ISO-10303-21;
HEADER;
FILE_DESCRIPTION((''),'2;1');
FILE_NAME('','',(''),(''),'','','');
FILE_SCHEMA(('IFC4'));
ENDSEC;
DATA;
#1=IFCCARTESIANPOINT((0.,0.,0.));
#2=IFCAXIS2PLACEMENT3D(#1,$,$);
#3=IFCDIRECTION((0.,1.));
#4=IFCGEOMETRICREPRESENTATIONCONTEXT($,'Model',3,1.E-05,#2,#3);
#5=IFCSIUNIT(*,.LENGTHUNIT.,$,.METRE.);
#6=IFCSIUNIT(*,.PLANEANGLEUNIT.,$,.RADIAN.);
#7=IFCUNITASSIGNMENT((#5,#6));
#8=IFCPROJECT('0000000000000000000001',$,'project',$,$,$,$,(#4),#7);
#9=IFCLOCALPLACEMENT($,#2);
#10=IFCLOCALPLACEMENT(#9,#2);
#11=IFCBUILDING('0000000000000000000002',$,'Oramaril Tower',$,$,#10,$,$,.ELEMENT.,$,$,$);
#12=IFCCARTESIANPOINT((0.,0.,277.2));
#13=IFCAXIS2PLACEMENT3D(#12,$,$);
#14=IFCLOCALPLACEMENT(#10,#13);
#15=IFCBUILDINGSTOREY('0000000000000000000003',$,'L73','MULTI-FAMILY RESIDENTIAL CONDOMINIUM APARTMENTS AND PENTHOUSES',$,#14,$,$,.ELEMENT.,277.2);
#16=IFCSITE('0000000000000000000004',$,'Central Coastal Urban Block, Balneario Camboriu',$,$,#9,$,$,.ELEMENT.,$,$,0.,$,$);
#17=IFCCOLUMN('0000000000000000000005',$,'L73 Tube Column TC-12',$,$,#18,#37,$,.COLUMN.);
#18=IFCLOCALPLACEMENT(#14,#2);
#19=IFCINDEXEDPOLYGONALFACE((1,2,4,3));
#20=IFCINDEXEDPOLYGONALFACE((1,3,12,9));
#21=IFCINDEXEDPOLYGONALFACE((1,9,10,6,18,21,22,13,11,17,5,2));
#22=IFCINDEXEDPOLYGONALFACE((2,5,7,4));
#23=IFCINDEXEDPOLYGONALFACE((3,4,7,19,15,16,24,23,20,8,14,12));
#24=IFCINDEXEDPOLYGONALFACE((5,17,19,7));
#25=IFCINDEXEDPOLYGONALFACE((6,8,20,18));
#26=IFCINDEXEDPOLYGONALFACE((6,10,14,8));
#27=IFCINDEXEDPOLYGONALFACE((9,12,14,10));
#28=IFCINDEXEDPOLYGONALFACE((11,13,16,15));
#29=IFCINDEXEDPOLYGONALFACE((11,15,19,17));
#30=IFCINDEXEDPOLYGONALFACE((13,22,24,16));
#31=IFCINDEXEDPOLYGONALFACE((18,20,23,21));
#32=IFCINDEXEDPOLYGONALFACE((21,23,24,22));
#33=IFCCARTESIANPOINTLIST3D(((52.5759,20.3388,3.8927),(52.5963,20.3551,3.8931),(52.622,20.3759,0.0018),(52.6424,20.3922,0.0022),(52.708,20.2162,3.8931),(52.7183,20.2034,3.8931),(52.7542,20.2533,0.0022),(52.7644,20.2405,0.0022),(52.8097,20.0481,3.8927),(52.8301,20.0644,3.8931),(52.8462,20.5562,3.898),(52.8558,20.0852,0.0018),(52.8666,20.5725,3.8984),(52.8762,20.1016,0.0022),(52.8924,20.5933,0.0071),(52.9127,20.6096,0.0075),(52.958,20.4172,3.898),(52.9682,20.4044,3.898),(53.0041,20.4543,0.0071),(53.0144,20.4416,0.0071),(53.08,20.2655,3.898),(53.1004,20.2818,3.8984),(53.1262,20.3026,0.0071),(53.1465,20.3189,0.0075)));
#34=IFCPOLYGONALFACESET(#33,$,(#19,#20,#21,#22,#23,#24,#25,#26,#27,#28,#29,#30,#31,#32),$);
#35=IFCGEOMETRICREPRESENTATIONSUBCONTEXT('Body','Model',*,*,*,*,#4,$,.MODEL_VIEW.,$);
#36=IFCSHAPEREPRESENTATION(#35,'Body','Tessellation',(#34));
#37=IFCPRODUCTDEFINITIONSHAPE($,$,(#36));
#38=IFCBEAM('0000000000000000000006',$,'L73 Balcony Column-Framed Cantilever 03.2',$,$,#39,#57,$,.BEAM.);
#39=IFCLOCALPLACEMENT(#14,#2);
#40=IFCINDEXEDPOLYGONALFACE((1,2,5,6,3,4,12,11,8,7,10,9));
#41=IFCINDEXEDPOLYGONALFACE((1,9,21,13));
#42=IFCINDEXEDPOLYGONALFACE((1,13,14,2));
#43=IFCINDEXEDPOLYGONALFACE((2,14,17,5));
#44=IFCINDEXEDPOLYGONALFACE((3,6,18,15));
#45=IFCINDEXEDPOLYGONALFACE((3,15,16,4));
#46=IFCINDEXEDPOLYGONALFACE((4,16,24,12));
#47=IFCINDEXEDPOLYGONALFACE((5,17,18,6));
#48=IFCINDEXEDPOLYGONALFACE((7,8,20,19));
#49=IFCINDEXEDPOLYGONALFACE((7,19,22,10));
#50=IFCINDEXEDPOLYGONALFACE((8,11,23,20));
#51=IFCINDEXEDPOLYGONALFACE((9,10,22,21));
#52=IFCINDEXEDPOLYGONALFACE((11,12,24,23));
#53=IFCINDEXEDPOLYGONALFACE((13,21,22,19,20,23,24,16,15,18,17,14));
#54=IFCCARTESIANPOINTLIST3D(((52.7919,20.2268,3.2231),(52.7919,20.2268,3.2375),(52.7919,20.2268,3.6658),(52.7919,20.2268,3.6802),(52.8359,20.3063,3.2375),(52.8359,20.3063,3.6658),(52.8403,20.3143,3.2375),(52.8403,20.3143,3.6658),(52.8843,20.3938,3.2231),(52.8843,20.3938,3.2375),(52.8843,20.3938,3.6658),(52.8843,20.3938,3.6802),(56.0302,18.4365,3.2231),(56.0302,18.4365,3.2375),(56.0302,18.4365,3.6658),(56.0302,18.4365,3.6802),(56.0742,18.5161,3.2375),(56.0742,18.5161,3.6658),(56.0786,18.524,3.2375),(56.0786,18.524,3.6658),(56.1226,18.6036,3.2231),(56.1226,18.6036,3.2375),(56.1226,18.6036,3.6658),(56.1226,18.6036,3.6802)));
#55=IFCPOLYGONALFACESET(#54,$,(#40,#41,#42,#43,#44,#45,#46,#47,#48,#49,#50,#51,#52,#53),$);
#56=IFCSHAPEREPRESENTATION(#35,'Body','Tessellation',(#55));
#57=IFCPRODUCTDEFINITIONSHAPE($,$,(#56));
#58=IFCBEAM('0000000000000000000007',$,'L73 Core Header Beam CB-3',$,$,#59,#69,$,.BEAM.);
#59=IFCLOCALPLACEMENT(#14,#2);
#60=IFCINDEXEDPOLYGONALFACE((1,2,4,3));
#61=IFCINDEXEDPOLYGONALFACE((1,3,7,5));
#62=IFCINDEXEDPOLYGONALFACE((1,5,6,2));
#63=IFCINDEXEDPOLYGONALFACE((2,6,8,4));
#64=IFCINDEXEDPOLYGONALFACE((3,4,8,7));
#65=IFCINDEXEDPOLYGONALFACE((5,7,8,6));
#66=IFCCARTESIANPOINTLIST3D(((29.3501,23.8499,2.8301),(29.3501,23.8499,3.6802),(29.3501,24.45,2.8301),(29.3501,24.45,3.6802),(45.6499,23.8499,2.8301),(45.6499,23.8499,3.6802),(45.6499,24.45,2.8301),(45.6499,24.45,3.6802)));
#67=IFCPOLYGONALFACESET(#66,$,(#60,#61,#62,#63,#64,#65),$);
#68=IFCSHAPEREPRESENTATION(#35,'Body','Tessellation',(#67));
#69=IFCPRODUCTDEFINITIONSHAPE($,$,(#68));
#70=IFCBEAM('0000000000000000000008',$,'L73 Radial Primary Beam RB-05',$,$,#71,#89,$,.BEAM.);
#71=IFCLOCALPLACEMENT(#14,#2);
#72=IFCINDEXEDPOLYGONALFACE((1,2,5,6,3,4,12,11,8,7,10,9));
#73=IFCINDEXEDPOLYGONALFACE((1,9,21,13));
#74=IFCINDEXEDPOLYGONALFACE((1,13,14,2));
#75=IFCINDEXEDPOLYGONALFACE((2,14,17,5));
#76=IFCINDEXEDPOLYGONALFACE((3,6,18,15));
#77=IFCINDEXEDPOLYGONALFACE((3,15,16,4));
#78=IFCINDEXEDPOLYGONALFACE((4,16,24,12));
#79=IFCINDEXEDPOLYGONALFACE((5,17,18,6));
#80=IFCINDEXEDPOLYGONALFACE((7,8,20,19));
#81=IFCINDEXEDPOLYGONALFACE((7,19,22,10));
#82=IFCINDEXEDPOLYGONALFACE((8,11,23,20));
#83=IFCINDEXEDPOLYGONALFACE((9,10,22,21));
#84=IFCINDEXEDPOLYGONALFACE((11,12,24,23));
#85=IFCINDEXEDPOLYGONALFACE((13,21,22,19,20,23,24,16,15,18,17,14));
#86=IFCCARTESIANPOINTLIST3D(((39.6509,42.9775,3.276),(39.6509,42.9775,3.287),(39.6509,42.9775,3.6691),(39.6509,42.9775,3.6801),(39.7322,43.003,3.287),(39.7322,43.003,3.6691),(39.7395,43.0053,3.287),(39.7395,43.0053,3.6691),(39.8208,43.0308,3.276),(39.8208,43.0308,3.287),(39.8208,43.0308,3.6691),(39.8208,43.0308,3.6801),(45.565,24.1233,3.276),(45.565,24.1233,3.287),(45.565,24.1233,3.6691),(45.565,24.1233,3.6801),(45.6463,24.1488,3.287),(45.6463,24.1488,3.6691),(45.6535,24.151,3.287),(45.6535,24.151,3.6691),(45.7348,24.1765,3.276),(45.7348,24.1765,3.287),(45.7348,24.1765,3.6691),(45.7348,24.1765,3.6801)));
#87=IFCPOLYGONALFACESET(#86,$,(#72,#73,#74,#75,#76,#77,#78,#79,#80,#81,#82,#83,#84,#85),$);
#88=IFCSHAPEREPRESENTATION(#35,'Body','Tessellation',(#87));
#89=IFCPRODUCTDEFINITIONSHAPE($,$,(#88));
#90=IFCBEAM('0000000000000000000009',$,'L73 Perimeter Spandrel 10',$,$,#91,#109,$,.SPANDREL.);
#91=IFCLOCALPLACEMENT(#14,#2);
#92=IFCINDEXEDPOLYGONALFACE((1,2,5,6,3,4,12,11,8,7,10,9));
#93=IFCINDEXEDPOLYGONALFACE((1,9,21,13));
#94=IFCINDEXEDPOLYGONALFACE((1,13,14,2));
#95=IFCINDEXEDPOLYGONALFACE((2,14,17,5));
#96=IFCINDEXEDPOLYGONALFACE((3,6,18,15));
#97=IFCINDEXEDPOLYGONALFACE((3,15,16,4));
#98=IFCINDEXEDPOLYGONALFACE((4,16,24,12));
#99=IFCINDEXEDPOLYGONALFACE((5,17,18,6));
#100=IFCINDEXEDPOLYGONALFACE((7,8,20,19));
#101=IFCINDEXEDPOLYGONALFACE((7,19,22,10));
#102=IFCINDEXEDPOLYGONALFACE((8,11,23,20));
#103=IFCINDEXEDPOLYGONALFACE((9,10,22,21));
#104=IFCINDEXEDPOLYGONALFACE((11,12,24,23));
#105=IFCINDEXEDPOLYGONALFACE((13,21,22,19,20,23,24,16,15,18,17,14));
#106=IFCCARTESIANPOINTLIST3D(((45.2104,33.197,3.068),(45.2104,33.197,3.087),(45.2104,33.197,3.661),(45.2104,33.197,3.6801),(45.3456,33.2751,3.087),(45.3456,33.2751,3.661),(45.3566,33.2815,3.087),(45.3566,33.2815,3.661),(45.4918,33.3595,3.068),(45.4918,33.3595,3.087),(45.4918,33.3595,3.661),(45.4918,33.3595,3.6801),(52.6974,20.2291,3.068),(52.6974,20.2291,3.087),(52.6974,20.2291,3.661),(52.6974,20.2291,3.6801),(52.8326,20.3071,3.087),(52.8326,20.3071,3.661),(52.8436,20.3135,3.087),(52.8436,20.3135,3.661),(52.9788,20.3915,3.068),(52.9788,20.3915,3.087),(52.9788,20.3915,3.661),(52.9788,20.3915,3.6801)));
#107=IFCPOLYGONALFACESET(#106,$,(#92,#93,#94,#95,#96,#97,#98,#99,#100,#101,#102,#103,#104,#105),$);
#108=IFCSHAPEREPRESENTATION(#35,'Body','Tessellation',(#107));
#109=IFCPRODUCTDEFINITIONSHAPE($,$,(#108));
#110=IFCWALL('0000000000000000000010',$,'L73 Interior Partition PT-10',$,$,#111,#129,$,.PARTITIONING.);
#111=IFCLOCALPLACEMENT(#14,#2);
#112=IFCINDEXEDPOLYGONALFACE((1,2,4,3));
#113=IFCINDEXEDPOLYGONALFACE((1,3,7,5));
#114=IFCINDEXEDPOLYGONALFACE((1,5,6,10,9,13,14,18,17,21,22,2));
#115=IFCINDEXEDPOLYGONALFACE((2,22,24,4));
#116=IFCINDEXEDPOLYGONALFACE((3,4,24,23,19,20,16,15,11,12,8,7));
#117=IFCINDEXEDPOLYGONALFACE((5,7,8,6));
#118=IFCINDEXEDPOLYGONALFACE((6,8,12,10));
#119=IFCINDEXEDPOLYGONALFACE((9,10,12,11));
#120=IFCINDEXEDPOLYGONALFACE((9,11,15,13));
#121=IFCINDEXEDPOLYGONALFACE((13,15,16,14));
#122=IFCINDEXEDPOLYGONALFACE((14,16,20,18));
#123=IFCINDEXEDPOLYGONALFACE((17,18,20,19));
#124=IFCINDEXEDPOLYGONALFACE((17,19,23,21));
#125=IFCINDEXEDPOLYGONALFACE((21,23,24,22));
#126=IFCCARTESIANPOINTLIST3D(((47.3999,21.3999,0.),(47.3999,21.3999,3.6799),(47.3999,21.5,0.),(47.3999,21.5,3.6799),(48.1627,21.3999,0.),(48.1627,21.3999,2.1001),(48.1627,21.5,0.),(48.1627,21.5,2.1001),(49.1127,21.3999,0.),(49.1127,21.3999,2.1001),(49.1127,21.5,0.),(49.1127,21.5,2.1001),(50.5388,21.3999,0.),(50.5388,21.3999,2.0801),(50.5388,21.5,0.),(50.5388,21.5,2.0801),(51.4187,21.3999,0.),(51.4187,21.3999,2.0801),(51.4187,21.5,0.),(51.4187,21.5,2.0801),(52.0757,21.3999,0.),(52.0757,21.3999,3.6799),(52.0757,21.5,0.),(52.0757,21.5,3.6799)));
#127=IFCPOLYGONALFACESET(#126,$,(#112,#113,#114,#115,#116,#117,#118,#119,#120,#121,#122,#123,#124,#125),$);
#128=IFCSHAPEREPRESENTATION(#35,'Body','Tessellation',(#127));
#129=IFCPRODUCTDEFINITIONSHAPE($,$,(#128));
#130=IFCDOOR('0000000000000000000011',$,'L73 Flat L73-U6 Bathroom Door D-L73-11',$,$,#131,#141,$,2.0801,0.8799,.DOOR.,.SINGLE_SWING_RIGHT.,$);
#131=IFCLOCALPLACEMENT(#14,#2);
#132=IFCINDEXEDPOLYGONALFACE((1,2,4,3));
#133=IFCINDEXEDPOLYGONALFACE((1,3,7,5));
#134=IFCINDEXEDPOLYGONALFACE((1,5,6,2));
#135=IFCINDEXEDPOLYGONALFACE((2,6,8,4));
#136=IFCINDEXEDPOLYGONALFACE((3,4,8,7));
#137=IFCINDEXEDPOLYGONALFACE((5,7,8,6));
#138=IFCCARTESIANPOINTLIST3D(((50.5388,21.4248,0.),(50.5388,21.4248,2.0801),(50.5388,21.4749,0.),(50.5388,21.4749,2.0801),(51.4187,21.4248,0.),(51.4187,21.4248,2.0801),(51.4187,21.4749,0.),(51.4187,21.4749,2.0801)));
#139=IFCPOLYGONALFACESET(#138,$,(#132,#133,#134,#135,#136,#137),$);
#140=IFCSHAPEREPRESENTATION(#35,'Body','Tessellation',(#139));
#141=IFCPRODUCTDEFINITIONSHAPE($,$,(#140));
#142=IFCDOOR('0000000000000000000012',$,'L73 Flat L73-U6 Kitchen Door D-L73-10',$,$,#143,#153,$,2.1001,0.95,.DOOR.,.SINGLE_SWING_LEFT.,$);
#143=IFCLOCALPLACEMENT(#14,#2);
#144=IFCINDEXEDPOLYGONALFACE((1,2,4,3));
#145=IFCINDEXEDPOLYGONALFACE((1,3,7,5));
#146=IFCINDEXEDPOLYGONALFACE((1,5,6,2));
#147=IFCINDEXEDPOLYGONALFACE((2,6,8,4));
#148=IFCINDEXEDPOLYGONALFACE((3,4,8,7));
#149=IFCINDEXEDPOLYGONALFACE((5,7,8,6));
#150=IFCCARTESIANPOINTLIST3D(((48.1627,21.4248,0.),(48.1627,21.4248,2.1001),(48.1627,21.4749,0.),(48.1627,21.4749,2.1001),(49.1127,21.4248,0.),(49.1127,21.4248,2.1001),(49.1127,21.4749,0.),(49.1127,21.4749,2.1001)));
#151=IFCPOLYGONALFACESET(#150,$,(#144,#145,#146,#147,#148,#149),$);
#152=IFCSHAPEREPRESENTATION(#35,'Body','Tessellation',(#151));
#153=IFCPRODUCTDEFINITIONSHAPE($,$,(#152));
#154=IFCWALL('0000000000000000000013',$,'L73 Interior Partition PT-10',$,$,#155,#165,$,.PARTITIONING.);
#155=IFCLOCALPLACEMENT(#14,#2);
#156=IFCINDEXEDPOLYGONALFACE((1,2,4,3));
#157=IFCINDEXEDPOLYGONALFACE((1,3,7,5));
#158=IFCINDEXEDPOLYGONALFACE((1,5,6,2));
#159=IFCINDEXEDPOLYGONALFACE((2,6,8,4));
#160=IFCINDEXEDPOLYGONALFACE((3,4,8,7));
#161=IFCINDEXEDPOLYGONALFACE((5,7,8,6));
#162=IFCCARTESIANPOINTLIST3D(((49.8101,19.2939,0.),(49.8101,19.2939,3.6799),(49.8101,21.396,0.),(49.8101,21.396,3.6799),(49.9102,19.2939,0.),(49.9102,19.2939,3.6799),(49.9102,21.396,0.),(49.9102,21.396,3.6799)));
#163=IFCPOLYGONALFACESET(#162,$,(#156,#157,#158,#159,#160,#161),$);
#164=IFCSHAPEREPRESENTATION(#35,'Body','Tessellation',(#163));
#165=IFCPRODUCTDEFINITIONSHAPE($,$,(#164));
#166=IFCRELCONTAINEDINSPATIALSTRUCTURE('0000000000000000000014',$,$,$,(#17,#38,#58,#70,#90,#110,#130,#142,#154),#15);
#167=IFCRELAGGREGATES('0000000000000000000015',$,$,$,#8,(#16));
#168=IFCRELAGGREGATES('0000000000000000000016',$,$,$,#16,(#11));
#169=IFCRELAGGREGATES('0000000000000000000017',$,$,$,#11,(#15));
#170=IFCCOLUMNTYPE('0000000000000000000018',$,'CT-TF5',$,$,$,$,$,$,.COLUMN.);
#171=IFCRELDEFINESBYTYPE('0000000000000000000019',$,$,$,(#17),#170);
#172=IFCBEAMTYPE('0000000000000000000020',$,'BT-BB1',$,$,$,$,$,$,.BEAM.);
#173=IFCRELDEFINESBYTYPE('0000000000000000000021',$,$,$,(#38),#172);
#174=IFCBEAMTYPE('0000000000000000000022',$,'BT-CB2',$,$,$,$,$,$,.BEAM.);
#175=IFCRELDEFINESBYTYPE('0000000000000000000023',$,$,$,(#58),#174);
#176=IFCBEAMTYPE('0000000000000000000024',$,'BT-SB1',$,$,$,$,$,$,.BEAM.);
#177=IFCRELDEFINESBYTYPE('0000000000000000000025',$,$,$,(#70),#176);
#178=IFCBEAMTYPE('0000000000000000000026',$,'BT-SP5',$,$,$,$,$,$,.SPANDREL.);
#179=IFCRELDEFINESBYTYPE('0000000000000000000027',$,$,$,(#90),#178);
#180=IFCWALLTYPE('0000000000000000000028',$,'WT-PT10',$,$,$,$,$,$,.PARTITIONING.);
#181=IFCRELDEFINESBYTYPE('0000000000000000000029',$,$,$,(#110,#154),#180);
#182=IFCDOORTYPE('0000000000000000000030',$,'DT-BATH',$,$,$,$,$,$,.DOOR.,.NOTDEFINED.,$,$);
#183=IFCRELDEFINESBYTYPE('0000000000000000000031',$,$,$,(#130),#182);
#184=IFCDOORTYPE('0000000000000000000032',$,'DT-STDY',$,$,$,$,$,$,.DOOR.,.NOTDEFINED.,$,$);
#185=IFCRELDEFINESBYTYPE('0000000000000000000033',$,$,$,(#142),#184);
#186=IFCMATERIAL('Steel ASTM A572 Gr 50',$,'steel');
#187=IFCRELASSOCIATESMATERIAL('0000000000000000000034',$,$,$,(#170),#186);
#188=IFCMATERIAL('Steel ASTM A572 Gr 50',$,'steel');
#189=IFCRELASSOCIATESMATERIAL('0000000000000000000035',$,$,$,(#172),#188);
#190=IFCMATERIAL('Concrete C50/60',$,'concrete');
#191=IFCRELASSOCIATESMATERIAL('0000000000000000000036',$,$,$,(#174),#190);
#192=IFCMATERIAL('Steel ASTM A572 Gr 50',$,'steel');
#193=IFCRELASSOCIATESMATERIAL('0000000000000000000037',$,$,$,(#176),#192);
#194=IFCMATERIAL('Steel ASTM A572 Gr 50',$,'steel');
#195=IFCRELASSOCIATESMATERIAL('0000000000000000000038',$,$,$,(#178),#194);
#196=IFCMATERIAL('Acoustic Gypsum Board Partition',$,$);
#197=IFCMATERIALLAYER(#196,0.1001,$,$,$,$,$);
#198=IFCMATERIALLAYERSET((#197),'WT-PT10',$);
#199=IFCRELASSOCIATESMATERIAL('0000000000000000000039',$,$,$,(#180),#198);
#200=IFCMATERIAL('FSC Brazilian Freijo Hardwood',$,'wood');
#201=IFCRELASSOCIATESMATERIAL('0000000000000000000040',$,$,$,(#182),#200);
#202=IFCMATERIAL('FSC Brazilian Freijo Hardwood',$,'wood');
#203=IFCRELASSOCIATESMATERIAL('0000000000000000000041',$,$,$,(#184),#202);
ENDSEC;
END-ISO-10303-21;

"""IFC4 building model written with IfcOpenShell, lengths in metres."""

from ifc_helpers import new_model, si_unit, direction, frame, frame_2d, origin, origin_2d, place, context, subcontext, project, spatial, rectangle, i_section, extrude, material, layer, layer_set, material_profile, profile_set, type_object, element, fill, save


model = new_model("IFC4")

# Units and contexts
model_context = context("Model", 3, precision=1e-05, world=origin(), true_north=direction((0.0, 1.0)))
body_context = subcontext(model_context, "Body", "Model", "MODEL_VIEW")
ifc_project = project(units=[si_unit("LENGTHUNIT", "METRE"), si_unit("PLANEANGLEUNIT", "RADIAN")], contexts=[model_context])

# Site, building, storey
site_placement = place(None, origin())
site = spatial("IfcSite", under=ifc_project, at=site_placement, Name="Central Coastal Urban Block, Balneario Camboriu", CompositionType="ELEMENT", RefElevation=0.0)
building_placement = place(site_placement, origin())
building = spatial("IfcBuilding", under=site, at=building_placement, Name="Oramaril Tower", CompositionType="ELEMENT")
storey_placement = place(building_placement, frame((0.0, 0.0, 277.2)))
storey = spatial("IfcBuildingStorey", under=building, at=storey_placement, Name="L73", Description="MULTI-FAMILY RESIDENTIAL CONDOMINIUM APARTMENTS AND PENTHOUSES", CompositionType="ELEMENT", Elevation=277.2)

# Column
ifc_material_1 = material(Name="Steel ASTM A572 Gr 50", Category="steel")
ifc_material_profile_1 = material_profile(ifc_material_1, i_section(OverallWidth=0.373, OverallDepth=0.373, WebThickness=0.0164, FlangeThickness=0.0261, at=origin_2d()), Name="W14X132")
ifc_profile_set_1 = profile_set([ifc_material_profile_1], Name="Steel ASTM A572 Gr 50")
column_type = type_object("IfcColumnType", Name="CT-TF5", PredefinedType="COLUMN", material=ifc_profile_set_1)
column_placement = place(storey_placement, frame((52.8843, 20.3474, 0.0046), z_axis=(-0.011858, -0.009536, 0.999884), x_axis=(0.626704, -0.779257, 0.0)))
element("IfcColumn", 1, at=column_placement, inside=storey, type_object=column_type, Name="L73 Tube Column TC-12", PredefinedType="COLUMN", context=body_context, shape_type="SweptSolid", body=[
    extrude(i_section(OverallWidth=0.373, OverallDepth=0.373, WebThickness=0.0164, FlangeThickness=0.0261, at=origin_2d()), origin(), (0.0, 0.0, 1.0), 3.8914),
])

# Beams
ifc_material_2 = material(Name="Steel ASTM A572 Gr 50", Category="steel")
ifc_material_profile_2 = material_profile(ifc_material_2, i_section(OverallWidth=0.1909, OverallDepth=0.457, WebThickness=0.009, FlangeThickness=0.0144, at=origin_2d()), Name="W18X50")
ifc_profile_set_2 = profile_set([ifc_material_profile_2], Name="Steel ASTM A572 Gr 50")
beam_type_1 = type_object("IfcBeamType", Name="BT-BB1", PredefinedType="BEAM", material=ifc_profile_set_2)
beam_1_placement = place(storey_placement, frame((52.8381, 20.3103, 3.4517), z_axis=(0.875161, -0.483832, 0.0), x_axis=(0.483832, 0.875161, 0.0)))
element("IfcBeam", 2, at=beam_1_placement, inside=storey, type_object=beam_type_1, Name="L73 Balcony Column-Framed Cantilever 03.2", PredefinedType="BEAM", context=body_context, shape_type="SweptSolid", body=[
    extrude(i_section(OverallWidth=0.1909, OverallDepth=0.457, WebThickness=0.009, FlangeThickness=0.0144, at=origin_2d()), origin(), (0.0, 0.0, 1.0), 3.7002),
])
ifc_material_3 = material(Name="Concrete C50/60", Category="concrete")
ifc_material_profile_3 = material_profile(ifc_material_3, rectangle(XDim=0.6001, YDim=0.8501, at=origin_2d()), Name="CB600X850")
ifc_profile_set_3 = profile_set([ifc_material_profile_3], Name="Concrete C50/60")
beam_type_2 = type_object("IfcBeamType", Name="BT-CB2", PredefinedType="BEAM", material=ifc_profile_set_3)
beam_2_placement = place(storey_placement, frame((45.6499, 24.1499, 3.2551), z_axis=(-1.0, 0.0, 0.0), x_axis=(0.0, -1.0, 0.0)))
element("IfcBeam", 3, at=beam_2_placement, inside=storey, type_object=beam_type_2, Name="L73 Core Header Beam CB-3", PredefinedType="BEAM", context=body_context, shape_type="SweptSolid", body=[
    extrude(rectangle(XDim=0.6001, YDim=0.8501, at=origin_2d()), origin(), (0.0, 0.0, 1.0), 16.2998),
])
ifc_material_4 = material(Name="Steel ASTM A572 Gr 50", Category="steel")
ifc_material_profile_4 = material_profile(ifc_material_4, i_section(OverallWidth=0.178, OverallDepth=0.4041, WebThickness=0.0076, FlangeThickness=0.011, at=origin_2d()), Name="W16X36")
ifc_profile_set_4 = profile_set([ifc_material_profile_4], Name="Steel ASTM A572 Gr 50")
beam_type_3 = type_object("IfcBeamType", Name="BT-SB1", PredefinedType="BEAM", material=ifc_profile_set_4)
beam_3_placement = place(storey_placement, frame((45.6499, 24.1499, 3.478), z_axis=(-0.299294, 0.954161, 0.0), x_axis=(-0.954161, -0.299294, 0.0)))
element("IfcBeam", 4, at=beam_3_placement, inside=storey, type_object=beam_type_3, Name="L73 Radial Primary Beam RB-05", PredefinedType="BEAM", context=body_context, shape_type="SweptSolid", body=[
    extrude(i_section(OverallWidth=0.178, OverallDepth=0.4041, WebThickness=0.0076, FlangeThickness=0.011, at=origin_2d()), origin(), (0.0, 0.0, 1.0), 19.76),
])
ifc_material_5 = material(Name="Steel ASTM A572 Gr 50", Category="steel")
ifc_material_profile_5 = material_profile(ifc_material_5, i_section(OverallWidth=0.325, OverallDepth=0.6121, WebThickness=0.0127, FlangeThickness=0.019, at=origin_2d()), Name="W24X104")
ifc_profile_set_5 = profile_set([ifc_material_profile_5], Name="Steel ASTM A572 Gr 50")
beam_type_4 = type_object("IfcBeamType", Name="BT-SP5", PredefinedType="SPANDREL", material=ifc_profile_set_5)
beam_4_placement = place(storey_placement, frame((52.8381, 20.3103, 3.374), z_axis=(-0.499999, 0.866026, 0.0), x_axis=(-0.866026, -0.499999, 0.0)))
element("IfcBeam", 5, at=beam_4_placement, inside=storey, type_object=beam_type_4, Name="L73 Perimeter Spandrel 10", PredefinedType="SPANDREL", context=body_context, shape_type="SweptSolid", body=[
    extrude(i_section(OverallWidth=0.325, OverallDepth=0.6121, WebThickness=0.0127, FlangeThickness=0.019, at=origin_2d()), origin(), (0.0, 0.0, 1.0), 14.9741),
])

# Wall, openings, doors
ifc_material_6 = material(Name="Acoustic Gypsum Board Partition")
ifc_layer_1 = layer(ifc_material_6, 0.1001)
ifc_layer_set_1 = layer_set([ifc_layer_1], Name="WT-PT10")
wall_type_1 = type_object("IfcWallType", Name="WT-PT10", PredefinedType="PARTITIONING", material=ifc_layer_set_1)
wall_1_placement = place(storey_placement, frame((47.3999, 21.45, 0.0), z_axis=(0.0, 0.0, 1.0), x_axis=(1.0, 0.0, 0.0)))
wall_1 = element("IfcWall", 6, at=wall_1_placement, inside=storey, type_object=wall_type_1, Name="L73 Interior Partition PT-10", PredefinedType="PARTITIONING", context=body_context, shape_type="SweptSolid", body=[
    extrude(rectangle(XDim=4.6758, YDim=0.1001, at=frame_2d((2.3379, 0.0))), origin(), (0.0, 0.0, 1.0), 3.6799),
])
opening_1_placement = place(wall_1_placement, frame((0.7627, 0.0, 0.0)))
opening_1 = element("IfcOpeningElement", 7, at=opening_1_placement, cuts=wall_1, PredefinedType="OPENING", context=body_context, shape_type="SweptSolid", body=[
    extrude(rectangle(XDim=0.95, YDim=2.1001, at=frame_2d((0.4751, 1.05))), frame((0.0, 0.05, 0.0), z_axis=(0.0, -1.0, 0.0), x_axis=(1.0, 0.0, 0.0)), (0.0, 0.0, 1.0), 0.1001),
])
opening_2_placement = place(wall_1_placement, frame((3.1389, 0.0, 0.0)))
opening_2 = element("IfcOpeningElement", 8, at=opening_2_placement, cuts=wall_1, PredefinedType="OPENING", context=body_context, shape_type="SweptSolid", body=[
    extrude(rectangle(XDim=0.8799, YDim=2.0801, at=frame_2d((0.4399, 1.04))), frame((0.0, 0.05, 0.0), z_axis=(0.0, -1.0, 0.0), x_axis=(1.0, 0.0, 0.0)), (0.0, 0.0, 1.0), 0.1001),
])
ifc_material_7 = material(Name="FSC Brazilian Freijo Hardwood", Category="wood")
door_type_1 = type_object("IfcDoorType", Name="DT-BATH", OperationType="NOTDEFINED", PredefinedType="DOOR", material=ifc_material_7)
door_1_placement = place(opening_2_placement, origin())
door_1 = element("IfcDoor", 9, at=door_1_placement, inside=storey, type_object=door_type_1, Name="L73 Flat L73-U6 Bathroom Door D-L73-11", OperationType="SINGLE_SWING_RIGHT", OverallHeight=2.0801, OverallWidth=0.8799, PredefinedType="DOOR", context=body_context, shape_type="SweptSolid", body=[
    extrude(rectangle(XDim=0.8799, YDim=2.0801, at=frame_2d((0.4399, 1.04))), frame((0.0, 0.0249, 0.0), z_axis=(0.0, -1.0, 0.0), x_axis=(1.0, 0.0, 0.0)), (0.0, 0.0, 1.0), 0.05),
])
fill(opening_2, door_1)
ifc_material_8 = material(Name="FSC Brazilian Freijo Hardwood", Category="wood")
door_type_2 = type_object("IfcDoorType", Name="DT-STDY", OperationType="NOTDEFINED", PredefinedType="DOOR", material=ifc_material_8)
door_2_placement = place(opening_1_placement, origin())
door_2 = element("IfcDoor", 10, at=door_2_placement, inside=storey, type_object=door_type_2, Name="L73 Flat L73-U6 Kitchen Door D-L73-10", OperationType="SINGLE_SWING_LEFT", OverallHeight=2.1001, OverallWidth=0.95, PredefinedType="DOOR", context=body_context, shape_type="SweptSolid", body=[
    extrude(rectangle(XDim=0.95, YDim=2.1001, at=frame_2d((0.4751, 1.05))), frame((0.0, 0.0249, 0.0), z_axis=(0.0, -1.0, 0.0), x_axis=(1.0, 0.0, 0.0)), (0.0, 0.0, 1.0), 0.05),
])
fill(opening_1, door_2)

# Wall
wall_2_placement = place(storey_placement, frame((49.8601, 19.2939, 0.0), z_axis=(0.0, 0.0, 1.0), x_axis=(0.0, 1.0, 0.0)))
element("IfcWall", 11, at=wall_2_placement, inside=storey, type_object=wall_type_1, Name="L73 Interior Partition PT-10", PredefinedType="PARTITIONING", context=body_context, shape_type="SweptSolid", body=[
    extrude(rectangle(XDim=2.1021, YDim=0.1001, at=frame_2d((1.051, 0.0))), origin(), (0.0, 0.0, 1.0), 3.6799),
])

save(model, "model.ifc")
